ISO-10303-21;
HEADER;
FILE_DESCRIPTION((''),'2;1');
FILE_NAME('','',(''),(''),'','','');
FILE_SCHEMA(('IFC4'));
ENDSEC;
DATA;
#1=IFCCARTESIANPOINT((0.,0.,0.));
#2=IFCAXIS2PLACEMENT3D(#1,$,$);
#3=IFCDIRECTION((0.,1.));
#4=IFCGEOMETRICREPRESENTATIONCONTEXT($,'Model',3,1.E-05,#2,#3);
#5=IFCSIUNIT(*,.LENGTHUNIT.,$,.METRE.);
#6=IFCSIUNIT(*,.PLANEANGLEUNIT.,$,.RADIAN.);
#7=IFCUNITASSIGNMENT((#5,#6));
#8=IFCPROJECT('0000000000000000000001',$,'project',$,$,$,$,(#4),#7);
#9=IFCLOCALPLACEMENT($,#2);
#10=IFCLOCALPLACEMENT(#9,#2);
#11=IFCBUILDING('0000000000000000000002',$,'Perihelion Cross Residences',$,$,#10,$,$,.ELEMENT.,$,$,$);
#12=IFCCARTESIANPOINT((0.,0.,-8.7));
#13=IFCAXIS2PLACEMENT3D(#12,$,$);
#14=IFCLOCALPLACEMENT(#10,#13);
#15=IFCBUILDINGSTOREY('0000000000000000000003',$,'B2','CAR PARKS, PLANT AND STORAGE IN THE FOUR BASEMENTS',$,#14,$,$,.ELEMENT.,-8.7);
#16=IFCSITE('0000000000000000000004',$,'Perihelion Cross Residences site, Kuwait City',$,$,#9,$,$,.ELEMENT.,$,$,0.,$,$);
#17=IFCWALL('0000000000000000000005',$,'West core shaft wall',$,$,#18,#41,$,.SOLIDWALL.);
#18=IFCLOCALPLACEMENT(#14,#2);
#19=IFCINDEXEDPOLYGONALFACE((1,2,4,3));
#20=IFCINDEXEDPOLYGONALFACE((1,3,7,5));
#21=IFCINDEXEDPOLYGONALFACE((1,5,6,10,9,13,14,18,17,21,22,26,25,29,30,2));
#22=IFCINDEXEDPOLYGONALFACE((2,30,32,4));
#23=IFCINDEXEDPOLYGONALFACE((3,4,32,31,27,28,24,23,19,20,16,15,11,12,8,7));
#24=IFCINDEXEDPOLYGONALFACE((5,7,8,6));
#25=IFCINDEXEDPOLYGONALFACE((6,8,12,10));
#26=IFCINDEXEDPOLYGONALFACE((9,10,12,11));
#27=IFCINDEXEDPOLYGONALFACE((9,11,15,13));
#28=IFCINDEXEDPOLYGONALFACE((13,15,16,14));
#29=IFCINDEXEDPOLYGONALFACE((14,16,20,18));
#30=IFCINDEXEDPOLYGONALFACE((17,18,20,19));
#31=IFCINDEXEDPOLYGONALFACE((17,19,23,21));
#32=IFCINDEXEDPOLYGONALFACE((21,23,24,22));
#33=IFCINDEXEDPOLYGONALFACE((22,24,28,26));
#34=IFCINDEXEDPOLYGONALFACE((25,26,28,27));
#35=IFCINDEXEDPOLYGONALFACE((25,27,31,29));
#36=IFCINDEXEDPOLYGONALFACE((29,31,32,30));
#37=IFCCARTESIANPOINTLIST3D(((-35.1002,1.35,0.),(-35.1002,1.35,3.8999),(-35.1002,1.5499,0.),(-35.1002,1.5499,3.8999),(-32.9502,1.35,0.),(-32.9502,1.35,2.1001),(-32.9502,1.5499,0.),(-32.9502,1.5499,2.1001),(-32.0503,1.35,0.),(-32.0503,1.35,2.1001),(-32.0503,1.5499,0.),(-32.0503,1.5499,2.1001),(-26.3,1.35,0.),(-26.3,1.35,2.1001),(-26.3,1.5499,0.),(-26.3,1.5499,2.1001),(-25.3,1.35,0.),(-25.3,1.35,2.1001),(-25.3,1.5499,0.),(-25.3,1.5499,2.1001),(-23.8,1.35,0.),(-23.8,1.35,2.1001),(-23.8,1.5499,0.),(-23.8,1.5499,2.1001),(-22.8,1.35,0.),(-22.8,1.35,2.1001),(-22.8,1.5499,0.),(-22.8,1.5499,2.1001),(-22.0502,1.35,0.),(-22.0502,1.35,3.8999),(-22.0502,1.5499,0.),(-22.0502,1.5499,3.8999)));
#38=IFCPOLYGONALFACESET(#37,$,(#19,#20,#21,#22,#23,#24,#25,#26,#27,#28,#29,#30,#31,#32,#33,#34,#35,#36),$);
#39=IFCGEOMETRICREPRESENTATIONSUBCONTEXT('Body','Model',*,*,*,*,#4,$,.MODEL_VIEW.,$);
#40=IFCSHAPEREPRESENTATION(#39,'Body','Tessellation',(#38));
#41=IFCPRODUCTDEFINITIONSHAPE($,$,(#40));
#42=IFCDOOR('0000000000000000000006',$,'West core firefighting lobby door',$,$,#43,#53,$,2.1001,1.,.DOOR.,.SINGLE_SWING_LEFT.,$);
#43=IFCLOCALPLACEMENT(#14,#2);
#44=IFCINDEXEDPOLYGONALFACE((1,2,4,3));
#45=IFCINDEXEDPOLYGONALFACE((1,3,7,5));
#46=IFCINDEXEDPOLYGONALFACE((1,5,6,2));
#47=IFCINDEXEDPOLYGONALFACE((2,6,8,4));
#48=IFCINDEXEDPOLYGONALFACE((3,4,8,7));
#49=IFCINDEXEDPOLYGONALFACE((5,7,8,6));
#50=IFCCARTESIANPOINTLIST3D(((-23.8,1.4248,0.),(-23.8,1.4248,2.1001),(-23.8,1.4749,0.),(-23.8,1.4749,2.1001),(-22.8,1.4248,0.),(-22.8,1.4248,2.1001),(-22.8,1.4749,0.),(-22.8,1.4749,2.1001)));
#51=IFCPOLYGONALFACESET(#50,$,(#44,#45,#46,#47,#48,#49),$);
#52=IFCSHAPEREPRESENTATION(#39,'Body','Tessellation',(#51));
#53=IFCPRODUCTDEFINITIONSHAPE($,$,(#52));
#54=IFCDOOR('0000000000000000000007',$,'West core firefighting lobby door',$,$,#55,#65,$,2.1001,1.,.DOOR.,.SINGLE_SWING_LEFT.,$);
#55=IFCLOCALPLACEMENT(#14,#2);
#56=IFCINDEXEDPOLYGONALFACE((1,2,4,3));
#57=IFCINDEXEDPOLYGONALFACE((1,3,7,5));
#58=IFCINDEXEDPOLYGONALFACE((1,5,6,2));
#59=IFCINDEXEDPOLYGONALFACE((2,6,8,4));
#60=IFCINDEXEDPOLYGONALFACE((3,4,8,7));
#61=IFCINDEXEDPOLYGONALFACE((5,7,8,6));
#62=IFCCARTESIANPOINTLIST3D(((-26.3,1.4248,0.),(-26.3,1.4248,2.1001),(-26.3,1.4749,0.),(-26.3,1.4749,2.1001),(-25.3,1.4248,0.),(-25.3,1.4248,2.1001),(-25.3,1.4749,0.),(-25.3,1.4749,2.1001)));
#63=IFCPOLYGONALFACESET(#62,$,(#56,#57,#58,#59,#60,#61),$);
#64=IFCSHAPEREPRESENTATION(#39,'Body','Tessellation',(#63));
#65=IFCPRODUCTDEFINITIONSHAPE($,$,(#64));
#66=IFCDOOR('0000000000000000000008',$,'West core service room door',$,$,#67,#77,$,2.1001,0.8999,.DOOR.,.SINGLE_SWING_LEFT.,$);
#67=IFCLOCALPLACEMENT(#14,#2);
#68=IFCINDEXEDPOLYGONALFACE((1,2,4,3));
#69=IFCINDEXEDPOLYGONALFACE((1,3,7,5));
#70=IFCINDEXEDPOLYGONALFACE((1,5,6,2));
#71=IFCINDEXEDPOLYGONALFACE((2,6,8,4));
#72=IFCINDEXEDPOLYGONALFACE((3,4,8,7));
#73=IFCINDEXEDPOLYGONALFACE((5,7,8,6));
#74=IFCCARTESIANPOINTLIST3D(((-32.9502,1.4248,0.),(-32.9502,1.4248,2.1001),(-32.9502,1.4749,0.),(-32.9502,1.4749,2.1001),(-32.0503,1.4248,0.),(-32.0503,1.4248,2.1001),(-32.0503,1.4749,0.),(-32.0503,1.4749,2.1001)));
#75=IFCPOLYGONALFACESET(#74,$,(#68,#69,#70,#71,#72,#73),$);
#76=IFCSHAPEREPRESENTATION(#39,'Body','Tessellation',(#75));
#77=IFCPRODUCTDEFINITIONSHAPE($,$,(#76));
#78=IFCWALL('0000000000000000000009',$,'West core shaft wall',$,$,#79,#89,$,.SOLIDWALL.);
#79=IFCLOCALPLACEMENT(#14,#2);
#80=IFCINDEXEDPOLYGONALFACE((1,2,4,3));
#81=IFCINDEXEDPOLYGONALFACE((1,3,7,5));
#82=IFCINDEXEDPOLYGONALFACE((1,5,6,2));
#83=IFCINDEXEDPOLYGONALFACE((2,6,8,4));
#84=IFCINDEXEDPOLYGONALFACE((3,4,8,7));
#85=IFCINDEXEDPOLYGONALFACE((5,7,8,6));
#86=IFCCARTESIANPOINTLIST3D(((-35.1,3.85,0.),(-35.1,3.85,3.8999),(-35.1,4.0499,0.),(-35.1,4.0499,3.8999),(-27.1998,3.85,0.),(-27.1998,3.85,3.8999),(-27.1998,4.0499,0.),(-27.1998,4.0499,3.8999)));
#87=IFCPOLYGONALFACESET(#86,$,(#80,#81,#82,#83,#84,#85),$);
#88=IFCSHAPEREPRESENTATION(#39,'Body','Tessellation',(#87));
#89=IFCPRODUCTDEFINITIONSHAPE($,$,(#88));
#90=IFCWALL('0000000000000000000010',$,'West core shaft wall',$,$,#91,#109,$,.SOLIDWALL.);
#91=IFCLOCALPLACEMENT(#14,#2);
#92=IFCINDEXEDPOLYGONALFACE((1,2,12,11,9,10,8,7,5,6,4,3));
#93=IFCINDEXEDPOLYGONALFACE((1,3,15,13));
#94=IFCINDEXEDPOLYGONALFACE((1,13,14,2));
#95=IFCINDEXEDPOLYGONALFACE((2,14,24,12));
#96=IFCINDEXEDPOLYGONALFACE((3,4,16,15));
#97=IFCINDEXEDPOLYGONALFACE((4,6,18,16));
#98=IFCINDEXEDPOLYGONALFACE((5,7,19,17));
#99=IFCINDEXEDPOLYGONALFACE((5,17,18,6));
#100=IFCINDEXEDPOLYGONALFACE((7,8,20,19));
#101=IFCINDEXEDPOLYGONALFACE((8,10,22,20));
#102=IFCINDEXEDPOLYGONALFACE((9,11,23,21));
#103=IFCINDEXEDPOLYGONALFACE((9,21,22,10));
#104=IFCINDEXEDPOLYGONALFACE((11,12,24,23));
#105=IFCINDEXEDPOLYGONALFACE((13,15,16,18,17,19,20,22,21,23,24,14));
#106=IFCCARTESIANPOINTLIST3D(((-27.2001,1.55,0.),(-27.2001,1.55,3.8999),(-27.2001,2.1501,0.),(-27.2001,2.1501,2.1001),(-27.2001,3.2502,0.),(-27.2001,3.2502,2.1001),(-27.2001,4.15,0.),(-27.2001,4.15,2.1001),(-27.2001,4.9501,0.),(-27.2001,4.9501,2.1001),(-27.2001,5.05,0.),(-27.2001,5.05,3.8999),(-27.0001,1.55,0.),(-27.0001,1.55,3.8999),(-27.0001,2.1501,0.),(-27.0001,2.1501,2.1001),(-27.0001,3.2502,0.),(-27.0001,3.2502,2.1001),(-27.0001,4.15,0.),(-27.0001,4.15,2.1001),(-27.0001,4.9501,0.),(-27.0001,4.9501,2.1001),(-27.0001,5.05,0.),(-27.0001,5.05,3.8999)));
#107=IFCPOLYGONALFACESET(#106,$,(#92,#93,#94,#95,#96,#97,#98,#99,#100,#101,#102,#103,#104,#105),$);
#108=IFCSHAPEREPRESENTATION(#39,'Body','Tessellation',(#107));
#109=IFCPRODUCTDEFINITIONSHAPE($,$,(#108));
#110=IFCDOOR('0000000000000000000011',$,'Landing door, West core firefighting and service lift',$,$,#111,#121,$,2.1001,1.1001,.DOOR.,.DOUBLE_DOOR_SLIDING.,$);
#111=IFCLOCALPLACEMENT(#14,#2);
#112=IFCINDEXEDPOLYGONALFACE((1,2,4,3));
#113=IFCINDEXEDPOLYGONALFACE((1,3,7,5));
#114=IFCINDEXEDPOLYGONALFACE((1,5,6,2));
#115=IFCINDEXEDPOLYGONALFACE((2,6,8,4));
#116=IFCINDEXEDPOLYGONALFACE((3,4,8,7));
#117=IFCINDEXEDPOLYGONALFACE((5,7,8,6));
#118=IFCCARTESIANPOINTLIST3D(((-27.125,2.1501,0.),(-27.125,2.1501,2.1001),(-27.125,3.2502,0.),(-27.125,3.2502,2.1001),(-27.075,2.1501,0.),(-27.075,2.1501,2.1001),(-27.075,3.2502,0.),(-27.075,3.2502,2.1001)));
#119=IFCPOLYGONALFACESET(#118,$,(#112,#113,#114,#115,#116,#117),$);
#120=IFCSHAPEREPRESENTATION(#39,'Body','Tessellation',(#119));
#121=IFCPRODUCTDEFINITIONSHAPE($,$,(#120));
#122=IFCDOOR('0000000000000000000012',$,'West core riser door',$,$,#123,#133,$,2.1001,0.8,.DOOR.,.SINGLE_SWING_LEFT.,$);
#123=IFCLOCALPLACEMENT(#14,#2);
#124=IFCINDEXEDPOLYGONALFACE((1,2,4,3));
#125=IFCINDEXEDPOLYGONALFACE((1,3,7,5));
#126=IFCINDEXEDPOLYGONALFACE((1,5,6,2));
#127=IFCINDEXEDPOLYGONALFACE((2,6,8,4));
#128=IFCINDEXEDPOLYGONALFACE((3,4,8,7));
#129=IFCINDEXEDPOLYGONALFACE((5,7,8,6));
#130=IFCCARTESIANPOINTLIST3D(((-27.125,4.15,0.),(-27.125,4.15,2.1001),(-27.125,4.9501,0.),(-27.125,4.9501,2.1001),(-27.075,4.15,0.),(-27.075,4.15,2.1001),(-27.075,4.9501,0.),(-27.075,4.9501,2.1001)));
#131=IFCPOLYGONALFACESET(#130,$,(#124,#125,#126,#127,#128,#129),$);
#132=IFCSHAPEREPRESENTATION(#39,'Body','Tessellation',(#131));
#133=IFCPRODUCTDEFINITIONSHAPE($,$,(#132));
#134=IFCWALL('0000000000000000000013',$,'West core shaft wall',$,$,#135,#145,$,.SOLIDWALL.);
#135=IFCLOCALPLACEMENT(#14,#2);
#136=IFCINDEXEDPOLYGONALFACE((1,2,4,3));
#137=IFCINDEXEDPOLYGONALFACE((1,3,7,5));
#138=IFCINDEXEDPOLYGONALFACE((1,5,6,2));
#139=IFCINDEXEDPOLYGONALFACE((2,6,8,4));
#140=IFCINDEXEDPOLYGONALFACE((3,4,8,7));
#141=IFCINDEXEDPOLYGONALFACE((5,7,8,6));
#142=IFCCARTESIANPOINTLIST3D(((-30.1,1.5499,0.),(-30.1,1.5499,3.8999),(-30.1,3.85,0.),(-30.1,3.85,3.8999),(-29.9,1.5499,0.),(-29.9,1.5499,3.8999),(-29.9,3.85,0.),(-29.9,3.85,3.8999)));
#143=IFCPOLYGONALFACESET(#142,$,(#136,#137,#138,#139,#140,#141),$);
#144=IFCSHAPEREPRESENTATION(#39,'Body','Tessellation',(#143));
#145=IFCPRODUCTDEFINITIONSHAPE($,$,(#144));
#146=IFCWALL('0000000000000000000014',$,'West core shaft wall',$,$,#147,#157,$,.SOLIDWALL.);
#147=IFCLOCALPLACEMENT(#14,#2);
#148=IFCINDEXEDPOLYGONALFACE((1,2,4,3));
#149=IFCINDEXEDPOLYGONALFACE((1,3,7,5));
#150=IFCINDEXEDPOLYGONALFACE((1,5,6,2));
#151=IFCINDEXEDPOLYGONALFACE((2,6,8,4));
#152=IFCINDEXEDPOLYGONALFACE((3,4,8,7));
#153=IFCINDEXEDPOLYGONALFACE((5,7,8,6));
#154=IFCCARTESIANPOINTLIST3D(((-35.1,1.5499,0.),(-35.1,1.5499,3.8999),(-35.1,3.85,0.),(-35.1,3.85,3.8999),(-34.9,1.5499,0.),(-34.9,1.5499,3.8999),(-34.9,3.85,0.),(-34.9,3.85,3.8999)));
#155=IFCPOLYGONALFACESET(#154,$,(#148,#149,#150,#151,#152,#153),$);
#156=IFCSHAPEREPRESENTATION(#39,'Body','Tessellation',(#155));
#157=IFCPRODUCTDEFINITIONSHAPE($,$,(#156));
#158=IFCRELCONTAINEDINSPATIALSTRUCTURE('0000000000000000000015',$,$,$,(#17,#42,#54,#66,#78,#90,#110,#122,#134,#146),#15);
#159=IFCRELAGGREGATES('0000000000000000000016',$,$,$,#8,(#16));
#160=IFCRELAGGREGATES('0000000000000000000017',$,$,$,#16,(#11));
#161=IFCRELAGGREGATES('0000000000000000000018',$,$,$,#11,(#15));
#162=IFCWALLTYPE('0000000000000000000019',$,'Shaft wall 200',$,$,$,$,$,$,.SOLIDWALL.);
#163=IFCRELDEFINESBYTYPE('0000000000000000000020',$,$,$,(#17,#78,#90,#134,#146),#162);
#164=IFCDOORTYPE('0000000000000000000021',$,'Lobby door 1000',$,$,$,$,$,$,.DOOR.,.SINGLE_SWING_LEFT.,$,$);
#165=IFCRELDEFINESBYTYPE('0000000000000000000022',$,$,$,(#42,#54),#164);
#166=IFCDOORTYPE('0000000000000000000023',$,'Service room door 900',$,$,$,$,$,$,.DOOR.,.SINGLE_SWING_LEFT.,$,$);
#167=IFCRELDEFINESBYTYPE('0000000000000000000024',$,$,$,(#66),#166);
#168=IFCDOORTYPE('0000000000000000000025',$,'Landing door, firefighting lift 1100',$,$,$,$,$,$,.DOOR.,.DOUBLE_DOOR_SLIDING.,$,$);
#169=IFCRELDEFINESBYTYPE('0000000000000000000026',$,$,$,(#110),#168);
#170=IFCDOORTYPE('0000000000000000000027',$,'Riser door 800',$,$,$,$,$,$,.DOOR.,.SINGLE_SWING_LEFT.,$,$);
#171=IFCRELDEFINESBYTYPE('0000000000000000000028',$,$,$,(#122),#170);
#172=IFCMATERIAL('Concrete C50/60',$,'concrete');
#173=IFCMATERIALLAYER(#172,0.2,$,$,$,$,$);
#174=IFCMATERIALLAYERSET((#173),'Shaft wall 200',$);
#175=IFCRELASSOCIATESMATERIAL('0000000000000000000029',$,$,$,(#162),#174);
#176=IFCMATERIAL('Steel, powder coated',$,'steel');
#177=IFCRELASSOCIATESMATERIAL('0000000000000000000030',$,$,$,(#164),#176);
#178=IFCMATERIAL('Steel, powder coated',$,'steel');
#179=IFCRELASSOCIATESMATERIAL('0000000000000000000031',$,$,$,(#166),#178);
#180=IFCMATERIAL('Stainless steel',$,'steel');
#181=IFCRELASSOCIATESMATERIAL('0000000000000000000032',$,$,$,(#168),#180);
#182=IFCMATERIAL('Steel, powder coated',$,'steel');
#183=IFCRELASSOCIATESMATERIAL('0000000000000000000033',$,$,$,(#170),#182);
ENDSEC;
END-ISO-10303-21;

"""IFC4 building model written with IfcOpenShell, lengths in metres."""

from ifc_helpers import new_model, si_unit, direction, frame, frame_2d, origin, place, context, subcontext, project, spatial, rectangle, extrude, material, layer, layer_set, type_object, element, fill, save


model = new_model("IFC4")

# Units and contexts
model_context = context("Model", 3, precision=1e-05, world=origin(), true_north=direction((0.0, 1.0)))
body_context = subcontext(model_context, "Body", "Model", "MODEL_VIEW")
ifc_project = project(units=[si_unit("LENGTHUNIT", "METRE"), si_unit("PLANEANGLEUNIT", "RADIAN")], contexts=[model_context])

# Site, building, storey
site_placement = place(None, origin())
site = spatial("IfcSite", under=ifc_project, at=site_placement, Name="Perihelion Cross Residences site, Kuwait City", CompositionType="ELEMENT", RefElevation=0.0)
building_placement = place(site_placement, origin())
building = spatial("IfcBuilding", under=site, at=building_placement, Name="Perihelion Cross Residences", CompositionType="ELEMENT")
storey_placement = place(building_placement, frame((0.0, 0.0, -8.7)))
storey = spatial("IfcBuildingStorey", under=building, at=storey_placement, Name="B2", Description="CAR PARKS, PLANT AND STORAGE IN THE FOUR BASEMENTS", CompositionType="ELEMENT", Elevation=-8.7)

# Wall, openings, doors
ifc_material_1 = material(Name="Concrete C50/60", Category="concrete")
ifc_layer_1 = layer(ifc_material_1, 0.2)
ifc_layer_set_1 = layer_set([ifc_layer_1], Name="Shaft wall 200")
wall_type_1 = type_object("IfcWallType", Name="Shaft wall 200", PredefinedType="SOLIDWALL", material=ifc_layer_set_1)
wall_1_placement = place(storey_placement, frame((-35.1001, 1.45, 0.0), z_axis=(0.0, 0.0, 1.0), x_axis=(1.0, 0.0, 0.0)))
wall_1 = element("IfcWall", 1, at=wall_1_placement, inside=storey, type_object=wall_type_1, Name="West core shaft wall", PredefinedType="SOLIDWALL", context=body_context, shape_type="SweptSolid", body=[
    extrude(rectangle(XDim=13.05, YDim=0.2, at=frame_2d((6.5249, 0.0))), origin(), (0.0, 0.0, 1.0), 3.8999),
])
opening_1_placement = place(wall_1_placement, frame((11.3, 0.0, 0.0)))
opening_1 = element("IfcOpeningElement", 2, at=opening_1_placement, cuts=wall_1, PredefinedType="OPENING", context=body_context, shape_type="SweptSolid", body=[
    extrude(rectangle(XDim=1.0, YDim=2.1001, at=frame_2d((0.5, 1.05))), frame((0.0, 0.1099, 0.0), z_axis=(0.0, -1.0, 0.0), x_axis=(1.0, 0.0, 0.0)), (0.0, 0.0, 1.0), 0.22),
])
opening_2_placement = place(wall_1_placement, frame((8.8, 0.0, 0.0)))
opening_2 = element("IfcOpeningElement", 3, at=opening_2_placement, cuts=wall_1, PredefinedType="OPENING", context=body_context, shape_type="SweptSolid", body=[
    extrude(rectangle(XDim=1.0, YDim=2.1001, at=frame_2d((0.5, 1.05))), frame((0.0, 0.1099, 0.0), z_axis=(0.0, -1.0, 0.0), x_axis=(1.0, 0.0, 0.0)), (0.0, 0.0, 1.0), 0.22),
])
opening_3_placement = place(wall_1_placement, frame((2.1499, 0.0, 0.0)))
opening_3 = element("IfcOpeningElement", 4, at=opening_3_placement, cuts=wall_1, PredefinedType="OPENING", context=body_context, shape_type="SweptSolid", body=[
    extrude(rectangle(XDim=0.8999, YDim=2.1001, at=frame_2d((0.45, 1.05))), frame((0.0, 0.1099, 0.0), z_axis=(0.0, -1.0, 0.0), x_axis=(1.0, 0.0, 0.0)), (0.0, 0.0, 1.0), 0.22),
])
ifc_material_2 = material(Name="Steel, powder coated", Category="steel")
door_type_1 = type_object("IfcDoorType", Name="Lobby door 1000", OperationType="SINGLE_SWING_LEFT", PredefinedType="DOOR", material=ifc_material_2)
door_1_placement = place(opening_1_placement, origin())
door_1 = element("IfcDoor", 5, at=door_1_placement, inside=storey, type_object=door_type_1, Name="West core firefighting lobby door", OperationType="SINGLE_SWING_LEFT", OverallHeight=2.1001, OverallWidth=1.0, PredefinedType="DOOR", context=body_context, shape_type="SweptSolid", body=[
    extrude(rectangle(XDim=1.0, YDim=2.1001, at=frame_2d((0.5, 1.05))), frame((0.0, 0.0249, 0.0), z_axis=(0.0, -1.0, 0.0), x_axis=(1.0, 0.0, 0.0)), (0.0, 0.0, 1.0), 0.05),
])
fill(opening_1, door_1)
door_2_placement = place(opening_2_placement, origin())
door_2 = element("IfcDoor", 6, at=door_2_placement, inside=storey, type_object=door_type_1, Name="West core firefighting lobby door", OperationType="SINGLE_SWING_LEFT", OverallHeight=2.1001, OverallWidth=1.0, PredefinedType="DOOR", context=body_context, shape_type="SweptSolid", body=[
    extrude(rectangle(XDim=1.0, YDim=2.1001, at=frame_2d((0.5, 1.05))), frame((0.0, 0.0249, 0.0), z_axis=(0.0, -1.0, 0.0), x_axis=(1.0, 0.0, 0.0)), (0.0, 0.0, 1.0), 0.05),
])
fill(opening_2, door_2)
ifc_material_3 = material(Name="Steel, powder coated", Category="steel")
door_type_2 = type_object("IfcDoorType", Name="Service room door 900", OperationType="SINGLE_SWING_LEFT", PredefinedType="DOOR", material=ifc_material_3)
door_3_placement = place(opening_3_placement, origin())
door_3 = element("IfcDoor", 7, at=door_3_placement, inside=storey, type_object=door_type_2, Name="West core service room door", OperationType="SINGLE_SWING_LEFT", OverallHeight=2.1001, OverallWidth=0.8999, PredefinedType="DOOR", context=body_context, shape_type="SweptSolid", body=[
    extrude(rectangle(XDim=0.8999, YDim=2.1001, at=frame_2d((0.45, 1.05))), frame((0.0, 0.0249, 0.0), z_axis=(0.0, -1.0, 0.0), x_axis=(1.0, 0.0, 0.0)), (0.0, 0.0, 1.0), 0.05),
])
fill(opening_3, door_3)

# Wall
wall_2_placement = place(storey_placement, frame((-35.1001, 3.95, 0.0), z_axis=(0.0, 0.0, 1.0), x_axis=(1.0, 0.0, 0.0)))
element("IfcWall", 8, at=wall_2_placement, inside=storey, type_object=wall_type_1, Name="West core shaft wall", PredefinedType="SOLIDWALL", context=body_context, shape_type="SweptSolid", body=[
    extrude(rectangle(XDim=7.9001, YDim=0.2, at=frame_2d((3.9502, 0.0))), origin(), (0.0, 0.0, 1.0), 3.8999),
])

# Wall, openings, doors
wall_3_placement = place(storey_placement, frame((-27.1001, 1.55, 0.0), z_axis=(0.0, 0.0, 1.0), x_axis=(0.0, 1.0, 0.0)))
wall_3 = element("IfcWall", 9, at=wall_3_placement, inside=storey, type_object=wall_type_1, Name="West core shaft wall", PredefinedType="SOLIDWALL", context=body_context, shape_type="SweptSolid", body=[
    extrude(rectangle(XDim=3.5, YDim=0.2, at=frame_2d((1.75, 0.0))), origin(), (0.0, 0.0, 1.0), 3.8999),
])
opening_4_placement = place(wall_3_placement, frame((0.6001, 0.0, 0.0)))
opening_4 = element("IfcOpeningElement", 10, at=opening_4_placement, cuts=wall_3, PredefinedType="OPENING", context=body_context, shape_type="SweptSolid", body=[
    extrude(rectangle(XDim=1.1001, YDim=2.1001, at=frame_2d((0.55, 1.05))), frame((0.0, 0.1099, 0.0), z_axis=(0.0, -1.0, 0.0), x_axis=(1.0, 0.0, 0.0)), (0.0, 0.0, 1.0), 0.22),
])
opening_5_placement = place(wall_3_placement, frame((2.6001, 0.0, 0.0)))
opening_5 = element("IfcOpeningElement", 11, at=opening_5_placement, cuts=wall_3, PredefinedType="OPENING", context=body_context, shape_type="SweptSolid", body=[
    extrude(rectangle(XDim=0.8, YDim=2.1001, at=frame_2d((0.3999, 1.05))), frame((0.0, 0.1099, 0.0), z_axis=(0.0, -1.0, 0.0), x_axis=(1.0, 0.0, 0.0)), (0.0, 0.0, 1.0), 0.22),
])
ifc_material_4 = material(Name="Stainless steel", Category="steel")
door_type_3 = type_object("IfcDoorType", Name="Landing door, firefighting lift 1100", OperationType="DOUBLE_DOOR_SLIDING", PredefinedType="DOOR", material=ifc_material_4)
door_4_placement = place(opening_4_placement, origin())
door_4 = element("IfcDoor", 12, at=door_4_placement, inside=storey, type_object=door_type_3, Name="Landing door, West core firefighting and service lift", OperationType="DOUBLE_DOOR_SLIDING", OverallHeight=2.1001, OverallWidth=1.1001, PredefinedType="DOOR", context=body_context, shape_type="SweptSolid", body=[
    extrude(rectangle(XDim=1.1001, YDim=2.1001, at=frame_2d((0.55, 1.05))), frame((0.0, 0.0249, 0.0), z_axis=(0.0, -1.0, 0.0), x_axis=(1.0, 0.0, 0.0)), (0.0, 0.0, 1.0), 0.05),
])
fill(opening_4, door_4)
ifc_material_5 = material(Name="Steel, powder coated", Category="steel")
door_type_4 = type_object("IfcDoorType", Name="Riser door 800", OperationType="SINGLE_SWING_LEFT", PredefinedType="DOOR", material=ifc_material_5)
door_5_placement = place(opening_5_placement, origin())
door_5 = element("IfcDoor", 13, at=door_5_placement, inside=storey, type_object=door_type_4, Name="West core riser door", OperationType="SINGLE_SWING_LEFT", OverallHeight=2.1001, OverallWidth=0.8, PredefinedType="DOOR", context=body_context, shape_type="SweptSolid", body=[
    extrude(rectangle(XDim=0.8, YDim=2.1001, at=frame_2d((0.3999, 1.05))), frame((0.0, 0.0249, 0.0), z_axis=(0.0, -1.0, 0.0), x_axis=(1.0, 0.0, 0.0)), (0.0, 0.0, 1.0), 0.05),
])
fill(opening_5, door_5)

# Walls
for number, where, z_axis, x_axis, name in (
    (14, (-30.0, 1.55, 0.0), (0.0, 0.0, 1.0), (0.0, 1.0, 0.0), "West core shaft wall"),
    (15, (-35.0, 1.55, 0.0), (0.0, 0.0, 1.0), (0.0, 1.0, 0.0), "West core shaft wall"),
):
    element("IfcWall", number, at=place(storey_placement, frame(where, z_axis=z_axis, x_axis=x_axis)), inside=storey, type_object=wall_type_1, Name=name, PredefinedType="SOLIDWALL", context=body_context, shape_type="SweptSolid", body=[
        extrude(rectangle(XDim=2.3, YDim=0.2, at=frame_2d((1.1499, 0.0))), origin(), (0.0, 0.0, 1.0), 3.8999),
    ])

save(model, "model.ifc")
